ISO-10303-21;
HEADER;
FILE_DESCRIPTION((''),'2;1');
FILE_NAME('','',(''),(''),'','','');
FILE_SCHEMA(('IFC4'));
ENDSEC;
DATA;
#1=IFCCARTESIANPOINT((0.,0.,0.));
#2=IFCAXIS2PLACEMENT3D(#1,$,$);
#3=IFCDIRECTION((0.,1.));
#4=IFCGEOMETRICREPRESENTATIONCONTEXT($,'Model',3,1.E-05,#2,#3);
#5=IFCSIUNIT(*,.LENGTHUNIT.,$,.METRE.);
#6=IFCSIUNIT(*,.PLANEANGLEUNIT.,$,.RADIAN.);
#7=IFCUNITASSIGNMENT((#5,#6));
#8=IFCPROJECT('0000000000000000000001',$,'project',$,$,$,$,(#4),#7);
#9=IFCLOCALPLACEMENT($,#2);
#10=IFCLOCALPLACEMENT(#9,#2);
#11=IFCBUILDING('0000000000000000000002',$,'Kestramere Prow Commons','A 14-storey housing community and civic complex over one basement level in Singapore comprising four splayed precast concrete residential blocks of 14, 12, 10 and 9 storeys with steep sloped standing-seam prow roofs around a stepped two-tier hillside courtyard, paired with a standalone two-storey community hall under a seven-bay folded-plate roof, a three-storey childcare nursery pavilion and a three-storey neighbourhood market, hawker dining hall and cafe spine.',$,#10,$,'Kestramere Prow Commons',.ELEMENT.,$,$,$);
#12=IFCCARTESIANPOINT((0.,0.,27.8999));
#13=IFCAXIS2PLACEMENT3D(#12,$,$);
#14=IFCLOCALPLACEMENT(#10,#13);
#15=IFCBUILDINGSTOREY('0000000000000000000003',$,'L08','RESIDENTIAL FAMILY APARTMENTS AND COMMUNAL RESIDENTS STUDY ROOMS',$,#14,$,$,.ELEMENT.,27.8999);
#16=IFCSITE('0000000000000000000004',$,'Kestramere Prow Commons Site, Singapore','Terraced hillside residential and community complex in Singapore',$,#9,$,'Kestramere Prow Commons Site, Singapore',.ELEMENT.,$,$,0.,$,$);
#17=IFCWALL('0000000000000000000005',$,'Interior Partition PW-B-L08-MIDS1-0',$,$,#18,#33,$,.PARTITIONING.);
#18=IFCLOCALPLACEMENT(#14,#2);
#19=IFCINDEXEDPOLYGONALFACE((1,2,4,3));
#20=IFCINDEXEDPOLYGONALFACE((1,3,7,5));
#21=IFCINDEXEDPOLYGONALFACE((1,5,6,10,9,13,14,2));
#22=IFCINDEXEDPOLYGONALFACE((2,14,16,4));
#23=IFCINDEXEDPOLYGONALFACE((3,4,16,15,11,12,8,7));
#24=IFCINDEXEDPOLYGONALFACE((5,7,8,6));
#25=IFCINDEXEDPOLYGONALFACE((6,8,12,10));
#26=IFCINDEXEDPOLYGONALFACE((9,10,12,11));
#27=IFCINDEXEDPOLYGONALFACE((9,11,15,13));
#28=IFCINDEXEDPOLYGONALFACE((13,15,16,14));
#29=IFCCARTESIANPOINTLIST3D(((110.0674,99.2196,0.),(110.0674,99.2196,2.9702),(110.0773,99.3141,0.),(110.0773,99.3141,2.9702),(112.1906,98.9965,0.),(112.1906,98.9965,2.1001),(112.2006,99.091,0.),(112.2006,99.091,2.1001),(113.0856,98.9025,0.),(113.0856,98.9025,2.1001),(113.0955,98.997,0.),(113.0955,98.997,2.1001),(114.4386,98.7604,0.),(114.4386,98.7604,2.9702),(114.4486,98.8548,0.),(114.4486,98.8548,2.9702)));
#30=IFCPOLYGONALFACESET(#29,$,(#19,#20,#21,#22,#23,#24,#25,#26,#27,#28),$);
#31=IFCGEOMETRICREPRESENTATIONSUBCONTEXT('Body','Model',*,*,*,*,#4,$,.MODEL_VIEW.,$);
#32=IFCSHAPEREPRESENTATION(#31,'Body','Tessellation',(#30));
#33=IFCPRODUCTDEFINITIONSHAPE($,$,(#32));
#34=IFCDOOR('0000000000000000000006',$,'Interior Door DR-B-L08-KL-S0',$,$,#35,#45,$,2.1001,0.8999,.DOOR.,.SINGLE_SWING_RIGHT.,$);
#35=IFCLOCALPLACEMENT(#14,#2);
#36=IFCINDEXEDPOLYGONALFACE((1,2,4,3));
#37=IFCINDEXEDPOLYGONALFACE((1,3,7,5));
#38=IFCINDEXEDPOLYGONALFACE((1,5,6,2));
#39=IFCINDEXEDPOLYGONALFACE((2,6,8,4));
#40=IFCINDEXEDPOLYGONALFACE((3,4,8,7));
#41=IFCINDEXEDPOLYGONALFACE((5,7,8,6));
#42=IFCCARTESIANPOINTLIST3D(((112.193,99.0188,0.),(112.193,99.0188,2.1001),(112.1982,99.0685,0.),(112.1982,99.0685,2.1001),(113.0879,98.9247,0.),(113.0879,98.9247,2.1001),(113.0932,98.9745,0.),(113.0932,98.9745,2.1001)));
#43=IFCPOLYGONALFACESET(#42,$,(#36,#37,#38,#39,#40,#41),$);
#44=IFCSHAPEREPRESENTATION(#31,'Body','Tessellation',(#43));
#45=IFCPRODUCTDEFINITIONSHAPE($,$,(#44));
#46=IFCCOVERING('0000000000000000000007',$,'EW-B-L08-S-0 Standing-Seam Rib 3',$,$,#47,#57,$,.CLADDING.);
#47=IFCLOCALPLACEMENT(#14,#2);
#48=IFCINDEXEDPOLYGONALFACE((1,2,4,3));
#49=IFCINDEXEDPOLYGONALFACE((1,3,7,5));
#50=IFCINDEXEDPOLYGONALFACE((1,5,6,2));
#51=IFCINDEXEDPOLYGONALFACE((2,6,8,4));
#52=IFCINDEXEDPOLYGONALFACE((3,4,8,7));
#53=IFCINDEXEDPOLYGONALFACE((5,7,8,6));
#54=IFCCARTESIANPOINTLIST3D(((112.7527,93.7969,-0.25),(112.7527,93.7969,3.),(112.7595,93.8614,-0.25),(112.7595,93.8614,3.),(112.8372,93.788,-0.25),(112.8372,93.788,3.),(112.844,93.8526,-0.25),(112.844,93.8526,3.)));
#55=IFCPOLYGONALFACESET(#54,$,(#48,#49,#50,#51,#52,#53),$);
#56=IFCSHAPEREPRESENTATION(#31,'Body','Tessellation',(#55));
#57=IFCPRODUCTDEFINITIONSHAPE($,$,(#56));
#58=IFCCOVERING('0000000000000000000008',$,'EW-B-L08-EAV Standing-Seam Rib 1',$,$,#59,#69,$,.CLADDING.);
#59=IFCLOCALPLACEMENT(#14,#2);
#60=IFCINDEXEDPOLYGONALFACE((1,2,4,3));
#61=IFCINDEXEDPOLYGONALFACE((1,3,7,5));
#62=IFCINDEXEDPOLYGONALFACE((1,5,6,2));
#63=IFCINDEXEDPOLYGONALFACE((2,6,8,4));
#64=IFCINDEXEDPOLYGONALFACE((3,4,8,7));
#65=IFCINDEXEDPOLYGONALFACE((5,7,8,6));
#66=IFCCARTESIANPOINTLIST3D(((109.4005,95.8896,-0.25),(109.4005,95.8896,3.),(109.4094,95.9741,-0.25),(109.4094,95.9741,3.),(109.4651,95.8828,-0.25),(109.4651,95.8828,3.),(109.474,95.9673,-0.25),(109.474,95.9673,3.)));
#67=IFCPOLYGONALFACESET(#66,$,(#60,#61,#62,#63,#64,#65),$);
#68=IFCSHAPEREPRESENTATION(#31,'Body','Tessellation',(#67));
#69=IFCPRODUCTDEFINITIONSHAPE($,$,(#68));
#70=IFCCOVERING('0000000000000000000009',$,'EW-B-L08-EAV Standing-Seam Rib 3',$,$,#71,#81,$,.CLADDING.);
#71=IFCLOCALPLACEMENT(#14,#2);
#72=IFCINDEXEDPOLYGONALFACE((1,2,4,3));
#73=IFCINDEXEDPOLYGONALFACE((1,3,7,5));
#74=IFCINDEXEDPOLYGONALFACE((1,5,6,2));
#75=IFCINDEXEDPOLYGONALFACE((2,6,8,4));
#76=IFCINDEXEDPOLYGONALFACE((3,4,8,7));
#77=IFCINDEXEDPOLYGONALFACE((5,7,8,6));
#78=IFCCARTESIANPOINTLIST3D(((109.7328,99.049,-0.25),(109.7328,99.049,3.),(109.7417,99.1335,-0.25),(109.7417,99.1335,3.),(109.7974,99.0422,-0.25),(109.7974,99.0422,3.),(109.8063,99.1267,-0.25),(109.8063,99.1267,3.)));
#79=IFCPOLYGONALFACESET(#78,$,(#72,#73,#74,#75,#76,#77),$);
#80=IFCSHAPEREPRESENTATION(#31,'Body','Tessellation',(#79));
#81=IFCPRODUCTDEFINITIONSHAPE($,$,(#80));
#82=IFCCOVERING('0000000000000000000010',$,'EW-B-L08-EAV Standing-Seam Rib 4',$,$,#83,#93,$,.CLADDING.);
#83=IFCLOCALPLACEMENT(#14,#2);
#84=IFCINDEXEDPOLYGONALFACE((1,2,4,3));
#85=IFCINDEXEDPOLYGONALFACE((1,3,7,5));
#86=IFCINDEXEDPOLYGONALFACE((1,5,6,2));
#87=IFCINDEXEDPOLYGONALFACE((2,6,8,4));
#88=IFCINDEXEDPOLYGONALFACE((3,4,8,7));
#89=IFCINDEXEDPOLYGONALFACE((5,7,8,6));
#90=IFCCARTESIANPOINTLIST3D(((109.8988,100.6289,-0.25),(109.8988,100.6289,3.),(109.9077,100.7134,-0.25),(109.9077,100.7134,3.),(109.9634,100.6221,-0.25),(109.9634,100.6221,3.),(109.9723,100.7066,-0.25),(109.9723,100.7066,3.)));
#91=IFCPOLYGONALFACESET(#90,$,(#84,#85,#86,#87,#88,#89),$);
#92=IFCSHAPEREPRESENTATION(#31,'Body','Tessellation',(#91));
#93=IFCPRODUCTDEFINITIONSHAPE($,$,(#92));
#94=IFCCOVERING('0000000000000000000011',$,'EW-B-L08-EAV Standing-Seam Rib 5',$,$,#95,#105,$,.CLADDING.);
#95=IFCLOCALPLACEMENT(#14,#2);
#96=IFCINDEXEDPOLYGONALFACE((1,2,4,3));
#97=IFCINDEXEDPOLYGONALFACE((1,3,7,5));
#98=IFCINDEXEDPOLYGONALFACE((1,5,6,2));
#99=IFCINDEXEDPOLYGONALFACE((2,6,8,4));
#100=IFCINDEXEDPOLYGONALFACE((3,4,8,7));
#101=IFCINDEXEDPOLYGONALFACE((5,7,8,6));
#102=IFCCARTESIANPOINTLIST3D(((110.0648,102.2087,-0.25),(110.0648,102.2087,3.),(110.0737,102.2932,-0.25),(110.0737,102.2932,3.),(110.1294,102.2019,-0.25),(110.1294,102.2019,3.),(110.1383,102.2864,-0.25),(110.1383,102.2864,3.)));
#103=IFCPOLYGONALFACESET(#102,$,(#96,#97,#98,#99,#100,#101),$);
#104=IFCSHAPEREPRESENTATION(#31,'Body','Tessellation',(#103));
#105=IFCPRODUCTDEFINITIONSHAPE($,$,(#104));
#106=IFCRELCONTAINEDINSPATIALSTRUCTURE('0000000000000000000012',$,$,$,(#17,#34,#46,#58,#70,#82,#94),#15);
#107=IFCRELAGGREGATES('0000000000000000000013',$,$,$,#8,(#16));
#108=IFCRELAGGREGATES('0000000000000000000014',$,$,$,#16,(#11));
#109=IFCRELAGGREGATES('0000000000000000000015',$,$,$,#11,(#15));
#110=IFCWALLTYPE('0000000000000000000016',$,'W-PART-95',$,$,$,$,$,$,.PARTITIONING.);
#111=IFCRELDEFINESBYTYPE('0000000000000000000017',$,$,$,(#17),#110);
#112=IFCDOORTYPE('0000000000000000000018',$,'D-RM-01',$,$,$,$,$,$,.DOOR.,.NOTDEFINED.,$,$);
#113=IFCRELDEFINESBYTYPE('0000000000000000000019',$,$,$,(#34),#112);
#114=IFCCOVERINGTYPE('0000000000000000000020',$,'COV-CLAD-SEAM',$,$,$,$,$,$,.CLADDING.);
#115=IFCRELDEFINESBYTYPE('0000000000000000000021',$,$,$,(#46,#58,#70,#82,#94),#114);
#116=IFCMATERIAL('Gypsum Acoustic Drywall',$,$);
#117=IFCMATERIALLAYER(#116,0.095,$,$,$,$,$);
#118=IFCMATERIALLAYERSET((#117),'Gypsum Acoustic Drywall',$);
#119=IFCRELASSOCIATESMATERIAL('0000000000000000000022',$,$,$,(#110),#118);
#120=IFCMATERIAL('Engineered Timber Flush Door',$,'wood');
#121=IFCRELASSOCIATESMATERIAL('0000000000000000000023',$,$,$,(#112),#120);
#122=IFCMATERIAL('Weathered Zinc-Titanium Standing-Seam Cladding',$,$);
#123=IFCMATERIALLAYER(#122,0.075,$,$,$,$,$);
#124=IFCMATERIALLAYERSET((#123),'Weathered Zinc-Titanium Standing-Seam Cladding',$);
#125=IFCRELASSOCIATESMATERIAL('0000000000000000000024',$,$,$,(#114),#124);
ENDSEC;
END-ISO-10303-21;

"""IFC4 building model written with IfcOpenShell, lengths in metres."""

from ifc_helpers import new_model, si_unit, direction, frame, frame_2d, origin, origin_2d, place, context, subcontext, project, spatial, rectangle, extrude, material, layer, layer_set, type_object, element, fill, save


model = new_model("IFC4")

# Units and contexts
model_context = context("Model", 3, precision=1e-05, world=origin(), true_north=direction((0.0, 1.0)))
body_context = subcontext(model_context, "Body", "Model", "MODEL_VIEW")
ifc_project = project(units=[si_unit("LENGTHUNIT", "METRE"), si_unit("PLANEANGLEUNIT", "RADIAN")], contexts=[model_context])

# Site, building, storey
site_placement = place(None, origin())
site = spatial("IfcSite", under=ifc_project, at=site_placement, Name="Kestramere Prow Commons Site, Singapore", Description="Terraced hillside residential and community complex in Singapore", LongName="Kestramere Prow Commons Site, Singapore", CompositionType="ELEMENT", RefElevation=0.0)
building_placement = place(site_placement, origin())
building = spatial("IfcBuilding", under=site, at=building_placement, Name="Kestramere Prow Commons", Description="A 14-storey housing community and civic complex over one basement level in Singapore comprising four splayed precast concrete residential blocks of 14, 12, 10 and 9 storeys with steep sloped standing-seam prow roofs around a stepped two-tier hillside courtyard, paired with a standalone two-storey community hall under a seven-bay folded-plate roof, a three-storey childcare nursery pavilion and a three-storey neighbourhood market, hawker dining hall and cafe spine.", LongName="Kestramere Prow Commons", CompositionType="ELEMENT")
storey_placement = place(building_placement, frame((0.0, 0.0, 27.8999)))
storey = spatial("IfcBuildingStorey", under=building, at=storey_placement, Name="L08", Description="RESIDENTIAL FAMILY APARTMENTS AND COMMUNAL RESIDENTS STUDY ROOMS", CompositionType="ELEMENT", Elevation=27.8999)

# Wall, opening, door
ifc_material_1 = material(Name="Gypsum Acoustic Drywall")
ifc_layer_1 = layer(ifc_material_1, 0.095)
ifc_layer_set_1 = layer_set([ifc_layer_1], Name="Gypsum Acoustic Drywall")
wall_type_1 = type_object("IfcWallType", Name="W-PART-95", PredefinedType="PARTITIONING", material=ifc_layer_set_1)
wall_1_placement = place(storey_placement, frame((110.0723, 99.2668, 0.0), z_axis=(0.0, 0.0, 1.0), x_axis=(0.994526, -0.104485, 0.0)))
wall_1 = element("IfcWall", 1, at=wall_1_placement, inside=storey, type_object=wall_type_1, Name="Interior Partition PW-B-L08-MIDS1-0", PredefinedType="PARTITIONING", context=body_context, shape_type="SweptSolid", body=[
    extrude(rectangle(XDim=4.3953, YDim=0.095, at=frame_2d((2.1978, 0.0))), origin(), (0.0, 0.0, 1.0), 2.9702),
])
opening_1_placement = place(wall_1_placement, frame((2.135, 0.0, 0.0)))
opening_1 = element("IfcOpeningElement", 2, at=opening_1_placement, cuts=wall_1, PredefinedType="OPENING", context=body_context, shape_type="SweptSolid", body=[
    extrude(rectangle(XDim=0.8999, YDim=2.1001, at=frame_2d((0.45, 1.05))), frame((0.0, 0.0625, 0.0), z_axis=(0.0, -1.0, 0.0), x_axis=(1.0, 0.0, 0.0)), (0.0, 0.0, 1.0), 0.125),
])
ifc_material_2 = material(Name="Engineered Timber Flush Door", Category="wood")
door_type_1 = type_object("IfcDoorType", Name="D-RM-01", OperationType="NOTDEFINED", PredefinedType="DOOR", material=ifc_material_2)
door_1_placement = place(opening_1_placement, origin())
door_1 = element("IfcDoor", 3, at=door_1_placement, inside=storey, type_object=door_type_1, Name="Interior Door DR-B-L08-KL-S0", OperationType="SINGLE_SWING_RIGHT", OverallHeight=2.1001, OverallWidth=0.8999, PredefinedType="DOOR", context=body_context, shape_type="SweptSolid", body=[
    extrude(rectangle(XDim=0.8999, YDim=2.1001, at=frame_2d((0.45, 1.05))), frame((0.0, 0.0249, 0.0), z_axis=(0.0, -1.0, 0.0), x_axis=(1.0, 0.0, 0.0)), (0.0, 0.0, 1.0), 0.05),
])
fill(opening_1, door_1)

# Coverings
ifc_material_3 = material(Name="Weathered Zinc-Titanium Standing-Seam Cladding")
ifc_layer_2 = layer(ifc_material_3, 0.075)
ifc_layer_set_2 = layer_set([ifc_layer_2], Name="Weathered Zinc-Titanium Standing-Seam Cladding")
covering_type = type_object("IfcCoveringType", Name="COV-CLAD-SEAM", PredefinedType="CLADDING", material=ifc_layer_set_2)
for number, where, z_axis, x_axis, name in (
    (4, (112.7983, 93.8247, -0.25), (0.0, 0.0, 1.0), (-0.994522, 0.104528, 0.0), "EW-B-L08-S-0 Standing-Seam Rib 3"),
    (5, (109.4373, 95.9285, -0.25), (0.0, 0.0, 1.0), (0.104528, 0.994522, 0.0), "EW-B-L08-EAV Standing-Seam Rib 1"),
    (6, (109.7695, 99.0879, -0.25), (0.0, 0.0, 1.0), (0.104528, 0.994522, 0.0), "EW-B-L08-EAV Standing-Seam Rib 3"),
    (7, (109.9355, 100.6677, -0.25), (0.0, 0.0, 1.0), (0.104528, 0.994522, 0.0), "EW-B-L08-EAV Standing-Seam Rib 4"),
    (8, (110.1016, 102.2476, -0.25), (0.0, 0.0, 1.0), (0.104528, 0.994522, 0.0), "EW-B-L08-EAV Standing-Seam Rib 5"),
):
    element("IfcCovering", number, at=place(storey_placement, frame(where, z_axis=z_axis, x_axis=x_axis)), inside=storey, type_object=covering_type, Name=name, PredefinedType="CLADDING", context=body_context, shape_type="SweptSolid", body=[
        extrude(rectangle(XDim=0.085, YDim=0.0649, at=origin_2d()), origin(), (0.0, 0.0, 1.0), 3.25),
    ])

save(model, "model.ifc")
